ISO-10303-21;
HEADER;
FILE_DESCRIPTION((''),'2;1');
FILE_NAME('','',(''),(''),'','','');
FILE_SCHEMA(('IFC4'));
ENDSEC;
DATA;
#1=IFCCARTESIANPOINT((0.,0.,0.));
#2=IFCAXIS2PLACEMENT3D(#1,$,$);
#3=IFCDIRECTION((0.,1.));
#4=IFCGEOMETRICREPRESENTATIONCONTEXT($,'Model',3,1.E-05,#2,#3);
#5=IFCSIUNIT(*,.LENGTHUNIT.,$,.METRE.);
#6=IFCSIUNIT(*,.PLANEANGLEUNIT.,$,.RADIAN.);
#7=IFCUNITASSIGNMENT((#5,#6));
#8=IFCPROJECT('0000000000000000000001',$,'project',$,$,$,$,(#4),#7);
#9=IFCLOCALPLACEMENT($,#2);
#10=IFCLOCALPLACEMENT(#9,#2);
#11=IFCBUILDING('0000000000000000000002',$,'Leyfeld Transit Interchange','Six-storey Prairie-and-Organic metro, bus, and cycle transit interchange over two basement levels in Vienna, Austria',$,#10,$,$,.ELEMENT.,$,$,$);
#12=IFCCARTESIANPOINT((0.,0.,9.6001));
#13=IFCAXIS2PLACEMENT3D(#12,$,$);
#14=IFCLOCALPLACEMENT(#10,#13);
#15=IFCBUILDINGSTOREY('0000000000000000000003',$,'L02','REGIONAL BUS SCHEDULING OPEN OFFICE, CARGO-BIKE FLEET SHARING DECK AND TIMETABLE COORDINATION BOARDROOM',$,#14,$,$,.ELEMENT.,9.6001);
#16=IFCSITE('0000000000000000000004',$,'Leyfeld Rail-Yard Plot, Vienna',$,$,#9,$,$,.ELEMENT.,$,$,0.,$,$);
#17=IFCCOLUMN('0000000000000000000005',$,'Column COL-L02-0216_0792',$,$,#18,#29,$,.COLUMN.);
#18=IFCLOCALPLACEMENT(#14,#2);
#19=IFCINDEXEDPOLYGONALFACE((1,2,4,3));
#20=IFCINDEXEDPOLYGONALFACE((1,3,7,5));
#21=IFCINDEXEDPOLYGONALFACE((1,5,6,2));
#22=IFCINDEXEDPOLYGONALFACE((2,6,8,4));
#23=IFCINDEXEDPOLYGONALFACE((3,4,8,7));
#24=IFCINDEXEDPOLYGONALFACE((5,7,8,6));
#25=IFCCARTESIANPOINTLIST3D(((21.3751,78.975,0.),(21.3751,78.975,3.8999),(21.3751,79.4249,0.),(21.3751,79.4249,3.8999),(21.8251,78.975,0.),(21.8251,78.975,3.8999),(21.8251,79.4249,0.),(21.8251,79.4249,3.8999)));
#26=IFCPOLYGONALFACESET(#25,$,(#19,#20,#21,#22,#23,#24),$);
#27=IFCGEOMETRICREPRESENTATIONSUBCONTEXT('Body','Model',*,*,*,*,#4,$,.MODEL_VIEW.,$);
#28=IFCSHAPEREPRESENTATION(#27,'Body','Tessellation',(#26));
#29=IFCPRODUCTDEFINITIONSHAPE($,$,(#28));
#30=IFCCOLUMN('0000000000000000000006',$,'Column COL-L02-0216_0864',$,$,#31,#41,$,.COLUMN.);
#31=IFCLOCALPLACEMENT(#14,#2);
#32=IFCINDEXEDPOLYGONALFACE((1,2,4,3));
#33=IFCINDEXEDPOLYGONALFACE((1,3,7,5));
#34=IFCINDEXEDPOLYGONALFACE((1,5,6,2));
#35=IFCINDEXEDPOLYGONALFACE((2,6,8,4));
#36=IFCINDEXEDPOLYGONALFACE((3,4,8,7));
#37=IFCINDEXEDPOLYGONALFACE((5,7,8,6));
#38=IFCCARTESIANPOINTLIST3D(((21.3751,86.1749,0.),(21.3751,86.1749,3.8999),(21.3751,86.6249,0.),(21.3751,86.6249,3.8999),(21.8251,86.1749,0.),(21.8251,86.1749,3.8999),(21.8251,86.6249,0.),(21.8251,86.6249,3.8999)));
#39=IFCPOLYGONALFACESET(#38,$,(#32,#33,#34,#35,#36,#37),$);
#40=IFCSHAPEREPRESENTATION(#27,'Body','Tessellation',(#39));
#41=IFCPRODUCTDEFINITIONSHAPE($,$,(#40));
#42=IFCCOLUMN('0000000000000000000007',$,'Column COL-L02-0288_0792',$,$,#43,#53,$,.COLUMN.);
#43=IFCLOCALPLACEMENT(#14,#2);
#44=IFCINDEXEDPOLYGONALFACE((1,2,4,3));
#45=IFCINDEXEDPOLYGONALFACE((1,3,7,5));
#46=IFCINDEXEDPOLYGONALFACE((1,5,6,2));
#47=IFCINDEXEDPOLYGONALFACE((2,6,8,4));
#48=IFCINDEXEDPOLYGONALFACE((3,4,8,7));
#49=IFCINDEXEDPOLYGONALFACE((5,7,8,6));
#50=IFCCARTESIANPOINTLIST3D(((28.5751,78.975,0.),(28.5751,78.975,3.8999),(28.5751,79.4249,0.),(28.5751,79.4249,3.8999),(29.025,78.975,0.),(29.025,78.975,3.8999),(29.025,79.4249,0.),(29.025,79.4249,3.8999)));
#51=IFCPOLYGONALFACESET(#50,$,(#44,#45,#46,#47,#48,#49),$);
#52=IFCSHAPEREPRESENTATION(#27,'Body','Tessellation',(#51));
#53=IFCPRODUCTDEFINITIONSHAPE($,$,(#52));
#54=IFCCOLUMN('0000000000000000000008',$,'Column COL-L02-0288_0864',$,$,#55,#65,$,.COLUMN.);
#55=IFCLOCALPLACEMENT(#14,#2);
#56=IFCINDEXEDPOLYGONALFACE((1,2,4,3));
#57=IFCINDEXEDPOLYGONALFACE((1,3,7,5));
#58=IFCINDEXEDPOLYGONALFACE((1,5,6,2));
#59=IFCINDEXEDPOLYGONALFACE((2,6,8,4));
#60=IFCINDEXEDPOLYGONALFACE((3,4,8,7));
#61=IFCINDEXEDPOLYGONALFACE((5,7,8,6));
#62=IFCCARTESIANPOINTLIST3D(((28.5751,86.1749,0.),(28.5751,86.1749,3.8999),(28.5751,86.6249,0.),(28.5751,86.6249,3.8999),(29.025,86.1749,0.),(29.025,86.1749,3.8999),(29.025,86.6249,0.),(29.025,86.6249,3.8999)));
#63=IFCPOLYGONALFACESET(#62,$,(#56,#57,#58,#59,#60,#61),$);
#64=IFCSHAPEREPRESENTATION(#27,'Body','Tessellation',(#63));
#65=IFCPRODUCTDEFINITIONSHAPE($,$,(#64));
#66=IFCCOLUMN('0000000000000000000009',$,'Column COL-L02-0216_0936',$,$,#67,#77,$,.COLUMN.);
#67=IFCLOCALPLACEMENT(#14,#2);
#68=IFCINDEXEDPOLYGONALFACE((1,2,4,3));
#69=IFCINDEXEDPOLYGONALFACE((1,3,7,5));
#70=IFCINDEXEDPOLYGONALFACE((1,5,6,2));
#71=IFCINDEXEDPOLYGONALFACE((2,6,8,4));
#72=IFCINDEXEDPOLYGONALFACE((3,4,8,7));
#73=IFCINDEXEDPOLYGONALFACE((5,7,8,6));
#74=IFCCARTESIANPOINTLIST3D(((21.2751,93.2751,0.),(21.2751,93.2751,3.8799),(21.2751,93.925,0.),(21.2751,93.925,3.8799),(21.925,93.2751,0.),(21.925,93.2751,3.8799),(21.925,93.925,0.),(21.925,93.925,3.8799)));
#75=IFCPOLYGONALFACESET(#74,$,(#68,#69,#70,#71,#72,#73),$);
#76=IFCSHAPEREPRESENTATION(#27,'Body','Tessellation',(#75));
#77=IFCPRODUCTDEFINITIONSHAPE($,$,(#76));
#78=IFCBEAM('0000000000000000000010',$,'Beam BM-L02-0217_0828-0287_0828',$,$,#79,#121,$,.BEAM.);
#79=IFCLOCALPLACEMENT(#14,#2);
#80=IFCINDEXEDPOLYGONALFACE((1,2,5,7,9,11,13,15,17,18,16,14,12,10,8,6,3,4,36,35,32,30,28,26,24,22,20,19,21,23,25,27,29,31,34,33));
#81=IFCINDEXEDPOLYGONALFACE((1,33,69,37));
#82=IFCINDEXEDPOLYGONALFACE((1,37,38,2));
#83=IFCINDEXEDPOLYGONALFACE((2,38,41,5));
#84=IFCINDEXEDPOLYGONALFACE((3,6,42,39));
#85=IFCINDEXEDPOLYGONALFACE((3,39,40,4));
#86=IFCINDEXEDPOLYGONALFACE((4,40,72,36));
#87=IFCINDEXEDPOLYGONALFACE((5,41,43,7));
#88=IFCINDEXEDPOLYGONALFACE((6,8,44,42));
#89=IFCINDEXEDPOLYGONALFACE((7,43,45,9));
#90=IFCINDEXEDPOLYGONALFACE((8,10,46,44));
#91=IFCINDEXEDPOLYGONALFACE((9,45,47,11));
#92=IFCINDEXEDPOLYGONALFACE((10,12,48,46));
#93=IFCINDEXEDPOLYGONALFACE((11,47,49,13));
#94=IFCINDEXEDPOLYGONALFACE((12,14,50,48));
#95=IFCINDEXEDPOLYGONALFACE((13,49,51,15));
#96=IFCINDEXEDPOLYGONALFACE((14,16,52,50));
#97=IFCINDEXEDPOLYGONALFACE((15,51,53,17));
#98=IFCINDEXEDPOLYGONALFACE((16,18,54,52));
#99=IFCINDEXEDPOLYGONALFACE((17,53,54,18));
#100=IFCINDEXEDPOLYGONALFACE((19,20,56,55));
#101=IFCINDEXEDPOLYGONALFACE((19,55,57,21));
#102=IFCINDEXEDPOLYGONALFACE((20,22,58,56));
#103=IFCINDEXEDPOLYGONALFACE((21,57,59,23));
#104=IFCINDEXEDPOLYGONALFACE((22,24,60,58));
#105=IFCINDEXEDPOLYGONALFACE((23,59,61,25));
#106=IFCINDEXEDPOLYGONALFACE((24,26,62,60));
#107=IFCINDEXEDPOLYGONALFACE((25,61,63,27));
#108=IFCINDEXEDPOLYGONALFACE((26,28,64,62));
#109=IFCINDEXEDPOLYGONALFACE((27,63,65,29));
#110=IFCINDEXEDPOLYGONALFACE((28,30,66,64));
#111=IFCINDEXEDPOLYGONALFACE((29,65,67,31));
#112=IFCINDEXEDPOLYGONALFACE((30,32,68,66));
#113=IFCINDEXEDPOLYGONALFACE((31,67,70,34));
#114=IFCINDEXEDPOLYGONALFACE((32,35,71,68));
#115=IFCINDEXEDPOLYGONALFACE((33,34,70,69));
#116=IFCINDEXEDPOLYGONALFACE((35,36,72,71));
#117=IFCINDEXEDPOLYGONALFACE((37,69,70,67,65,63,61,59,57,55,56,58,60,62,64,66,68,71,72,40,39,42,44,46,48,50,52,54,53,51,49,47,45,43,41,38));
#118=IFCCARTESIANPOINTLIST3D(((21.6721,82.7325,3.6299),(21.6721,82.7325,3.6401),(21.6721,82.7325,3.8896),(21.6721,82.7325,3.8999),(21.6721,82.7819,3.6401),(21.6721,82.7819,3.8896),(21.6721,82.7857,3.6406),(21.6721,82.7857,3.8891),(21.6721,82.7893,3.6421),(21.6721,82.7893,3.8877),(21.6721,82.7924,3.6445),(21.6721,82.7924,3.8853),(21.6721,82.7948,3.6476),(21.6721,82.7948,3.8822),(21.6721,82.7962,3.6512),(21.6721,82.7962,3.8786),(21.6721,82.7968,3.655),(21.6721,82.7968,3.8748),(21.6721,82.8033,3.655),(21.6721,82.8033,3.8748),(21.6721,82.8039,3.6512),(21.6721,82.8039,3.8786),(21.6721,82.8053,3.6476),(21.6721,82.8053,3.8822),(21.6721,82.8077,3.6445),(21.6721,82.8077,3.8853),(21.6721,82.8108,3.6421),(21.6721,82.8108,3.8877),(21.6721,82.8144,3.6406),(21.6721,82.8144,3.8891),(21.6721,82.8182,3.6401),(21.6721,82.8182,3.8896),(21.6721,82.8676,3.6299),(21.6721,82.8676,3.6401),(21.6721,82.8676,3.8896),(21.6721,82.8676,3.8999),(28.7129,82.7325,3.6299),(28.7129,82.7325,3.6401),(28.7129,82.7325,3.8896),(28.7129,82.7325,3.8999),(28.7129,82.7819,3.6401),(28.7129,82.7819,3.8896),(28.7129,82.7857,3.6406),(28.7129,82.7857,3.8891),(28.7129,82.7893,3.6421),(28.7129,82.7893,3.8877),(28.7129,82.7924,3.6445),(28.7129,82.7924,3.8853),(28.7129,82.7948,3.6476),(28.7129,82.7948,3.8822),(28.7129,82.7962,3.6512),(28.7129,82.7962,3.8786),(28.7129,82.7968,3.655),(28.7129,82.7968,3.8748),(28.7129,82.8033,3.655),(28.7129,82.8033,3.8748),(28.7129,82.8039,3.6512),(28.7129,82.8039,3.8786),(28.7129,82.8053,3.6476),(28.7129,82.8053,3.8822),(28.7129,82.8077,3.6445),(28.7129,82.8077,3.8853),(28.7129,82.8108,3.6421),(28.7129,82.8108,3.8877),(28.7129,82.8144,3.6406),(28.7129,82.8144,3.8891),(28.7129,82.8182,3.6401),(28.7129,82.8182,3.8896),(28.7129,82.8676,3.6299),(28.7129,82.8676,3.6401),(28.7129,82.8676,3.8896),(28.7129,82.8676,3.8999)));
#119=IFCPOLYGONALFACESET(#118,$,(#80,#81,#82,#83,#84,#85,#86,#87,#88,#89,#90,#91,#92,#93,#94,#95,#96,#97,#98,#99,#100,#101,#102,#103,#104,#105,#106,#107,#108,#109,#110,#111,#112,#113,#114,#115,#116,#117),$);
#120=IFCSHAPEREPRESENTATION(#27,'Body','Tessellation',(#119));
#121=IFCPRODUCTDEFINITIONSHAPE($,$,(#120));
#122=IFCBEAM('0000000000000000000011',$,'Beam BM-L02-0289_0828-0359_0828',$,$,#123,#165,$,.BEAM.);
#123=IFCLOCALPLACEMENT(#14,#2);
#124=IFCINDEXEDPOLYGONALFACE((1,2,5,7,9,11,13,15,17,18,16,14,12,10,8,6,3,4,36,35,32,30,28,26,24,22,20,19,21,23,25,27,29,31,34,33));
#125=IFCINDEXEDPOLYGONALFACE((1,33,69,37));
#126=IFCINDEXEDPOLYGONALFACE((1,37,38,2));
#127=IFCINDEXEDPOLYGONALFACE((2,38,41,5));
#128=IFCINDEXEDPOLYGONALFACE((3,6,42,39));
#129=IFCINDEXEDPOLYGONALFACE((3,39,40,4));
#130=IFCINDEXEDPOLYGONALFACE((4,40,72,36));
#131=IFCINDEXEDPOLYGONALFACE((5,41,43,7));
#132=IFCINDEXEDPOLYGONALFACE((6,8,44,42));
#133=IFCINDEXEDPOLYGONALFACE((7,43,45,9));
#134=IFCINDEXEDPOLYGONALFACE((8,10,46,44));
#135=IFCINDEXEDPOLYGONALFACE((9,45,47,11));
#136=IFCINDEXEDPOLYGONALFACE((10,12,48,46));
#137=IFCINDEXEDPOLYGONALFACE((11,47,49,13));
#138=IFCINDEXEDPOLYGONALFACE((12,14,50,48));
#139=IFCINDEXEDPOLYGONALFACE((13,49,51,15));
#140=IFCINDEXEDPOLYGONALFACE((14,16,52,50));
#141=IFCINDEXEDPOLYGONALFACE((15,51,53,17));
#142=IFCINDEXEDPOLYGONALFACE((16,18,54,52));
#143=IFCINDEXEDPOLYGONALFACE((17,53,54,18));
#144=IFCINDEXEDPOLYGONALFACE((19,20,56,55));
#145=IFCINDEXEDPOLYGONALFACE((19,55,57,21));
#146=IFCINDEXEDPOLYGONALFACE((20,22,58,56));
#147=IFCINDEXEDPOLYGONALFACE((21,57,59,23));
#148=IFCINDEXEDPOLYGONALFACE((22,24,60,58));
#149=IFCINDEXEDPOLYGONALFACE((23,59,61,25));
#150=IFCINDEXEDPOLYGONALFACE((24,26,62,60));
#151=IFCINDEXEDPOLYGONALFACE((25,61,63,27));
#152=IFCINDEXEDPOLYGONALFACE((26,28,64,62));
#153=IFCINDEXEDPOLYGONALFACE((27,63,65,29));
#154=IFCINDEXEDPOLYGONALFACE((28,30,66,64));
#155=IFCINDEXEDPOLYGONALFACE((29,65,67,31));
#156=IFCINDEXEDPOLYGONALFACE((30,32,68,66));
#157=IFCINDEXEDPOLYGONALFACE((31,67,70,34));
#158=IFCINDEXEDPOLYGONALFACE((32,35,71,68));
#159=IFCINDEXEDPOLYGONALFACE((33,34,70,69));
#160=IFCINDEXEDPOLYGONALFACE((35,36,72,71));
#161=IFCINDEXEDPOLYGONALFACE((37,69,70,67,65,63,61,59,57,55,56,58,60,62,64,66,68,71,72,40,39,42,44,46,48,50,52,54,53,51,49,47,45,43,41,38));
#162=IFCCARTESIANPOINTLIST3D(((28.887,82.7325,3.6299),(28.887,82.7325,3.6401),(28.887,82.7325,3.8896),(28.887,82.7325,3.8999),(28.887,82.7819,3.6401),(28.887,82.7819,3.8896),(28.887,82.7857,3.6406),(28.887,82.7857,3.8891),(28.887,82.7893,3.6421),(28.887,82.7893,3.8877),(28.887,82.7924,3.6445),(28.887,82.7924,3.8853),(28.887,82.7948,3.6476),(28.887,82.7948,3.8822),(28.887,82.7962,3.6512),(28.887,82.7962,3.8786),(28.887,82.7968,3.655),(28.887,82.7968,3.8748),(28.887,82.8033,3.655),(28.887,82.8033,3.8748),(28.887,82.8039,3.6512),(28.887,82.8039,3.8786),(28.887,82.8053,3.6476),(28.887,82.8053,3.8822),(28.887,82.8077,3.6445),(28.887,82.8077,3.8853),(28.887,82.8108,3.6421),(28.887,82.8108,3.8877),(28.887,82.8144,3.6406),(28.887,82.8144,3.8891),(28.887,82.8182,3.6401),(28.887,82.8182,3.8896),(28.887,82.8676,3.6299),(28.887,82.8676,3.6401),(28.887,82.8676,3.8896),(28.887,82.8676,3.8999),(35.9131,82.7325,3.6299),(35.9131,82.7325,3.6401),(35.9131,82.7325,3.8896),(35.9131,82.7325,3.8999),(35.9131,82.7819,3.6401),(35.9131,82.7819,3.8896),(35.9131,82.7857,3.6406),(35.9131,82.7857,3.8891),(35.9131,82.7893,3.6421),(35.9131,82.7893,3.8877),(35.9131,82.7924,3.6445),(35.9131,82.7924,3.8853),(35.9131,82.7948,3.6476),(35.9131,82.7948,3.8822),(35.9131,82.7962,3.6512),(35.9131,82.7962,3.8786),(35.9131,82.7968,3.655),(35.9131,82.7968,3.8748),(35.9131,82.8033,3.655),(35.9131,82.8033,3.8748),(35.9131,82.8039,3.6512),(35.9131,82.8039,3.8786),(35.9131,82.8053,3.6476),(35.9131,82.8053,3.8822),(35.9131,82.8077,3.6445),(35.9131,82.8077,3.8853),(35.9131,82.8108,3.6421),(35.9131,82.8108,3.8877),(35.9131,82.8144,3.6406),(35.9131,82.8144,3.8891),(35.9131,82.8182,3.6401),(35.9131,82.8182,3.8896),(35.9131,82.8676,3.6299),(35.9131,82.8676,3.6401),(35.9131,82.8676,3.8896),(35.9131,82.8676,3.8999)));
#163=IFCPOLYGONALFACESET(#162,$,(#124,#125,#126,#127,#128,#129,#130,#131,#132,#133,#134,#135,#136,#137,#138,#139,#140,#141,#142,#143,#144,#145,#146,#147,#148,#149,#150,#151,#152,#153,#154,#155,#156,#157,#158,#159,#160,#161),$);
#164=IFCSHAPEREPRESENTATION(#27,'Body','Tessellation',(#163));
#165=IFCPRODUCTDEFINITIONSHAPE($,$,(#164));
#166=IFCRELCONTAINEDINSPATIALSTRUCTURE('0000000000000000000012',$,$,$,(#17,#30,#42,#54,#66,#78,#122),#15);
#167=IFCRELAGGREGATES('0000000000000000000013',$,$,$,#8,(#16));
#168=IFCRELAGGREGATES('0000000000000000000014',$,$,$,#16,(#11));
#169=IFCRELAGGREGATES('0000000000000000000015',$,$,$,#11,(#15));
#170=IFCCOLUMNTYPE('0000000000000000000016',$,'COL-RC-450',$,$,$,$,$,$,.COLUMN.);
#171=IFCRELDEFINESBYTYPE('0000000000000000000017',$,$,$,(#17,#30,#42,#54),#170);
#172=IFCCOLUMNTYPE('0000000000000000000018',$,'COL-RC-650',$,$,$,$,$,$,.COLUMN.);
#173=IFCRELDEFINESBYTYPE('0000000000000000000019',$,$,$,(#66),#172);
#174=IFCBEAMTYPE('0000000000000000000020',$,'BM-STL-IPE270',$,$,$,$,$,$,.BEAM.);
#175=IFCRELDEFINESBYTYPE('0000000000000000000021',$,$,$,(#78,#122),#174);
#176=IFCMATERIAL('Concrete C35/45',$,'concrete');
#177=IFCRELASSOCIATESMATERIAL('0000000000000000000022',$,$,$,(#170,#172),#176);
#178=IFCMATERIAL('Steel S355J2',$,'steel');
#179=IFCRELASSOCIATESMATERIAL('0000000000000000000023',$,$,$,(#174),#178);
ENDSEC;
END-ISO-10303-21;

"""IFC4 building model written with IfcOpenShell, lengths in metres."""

from ifc_helpers import new_model, si_unit, direction, frame, origin, origin_2d, place, context, subcontext, project, spatial, rectangle, i_section, extrude, material, material_profile, profile_set, type_object, element, save


model = new_model("IFC4")

# Units and contexts
model_context = context("Model", 3, precision=1e-05, world=origin(), true_north=direction((0.0, 1.0)))
body_context = subcontext(model_context, "Body", "Model", "MODEL_VIEW")
ifc_project = project(units=[si_unit("LENGTHUNIT", "METRE"), si_unit("PLANEANGLEUNIT", "RADIAN")], contexts=[model_context])

# Site, building, storey
site_placement = place(None, origin())
site = spatial("IfcSite", under=ifc_project, at=site_placement, Name="Leyfeld Rail-Yard Plot, Vienna", CompositionType="ELEMENT", RefElevation=0.0)
building_placement = place(site_placement, origin())
building = spatial("IfcBuilding", under=site, at=building_placement, Name="Leyfeld Transit Interchange", Description="Six-storey Prairie-and-Organic metro, bus, and cycle transit interchange over two basement levels in Vienna, Austria", CompositionType="ELEMENT")
storey_placement = place(building_placement, frame((0.0, 0.0, 9.6001)))
storey = spatial("IfcBuildingStorey", under=building, at=storey_placement, Name="L02", Description="REGIONAL BUS SCHEDULING OPEN OFFICE, CARGO-BIKE FLEET SHARING DECK AND TIMETABLE COORDINATION BOARDROOM", CompositionType="ELEMENT", Elevation=9.6001)

# Columns
ifc_material_1 = material(Name="Concrete C35/45", Category="concrete")
ifc_material_profile_1 = material_profile(ifc_material_1, rectangle(XDim=0.45, YDim=0.45, at=origin_2d()), Name="RC 450x450")
ifc_profile_set_1 = profile_set([ifc_material_profile_1], Name="Concrete C35/45")
column_type_1 = type_object("IfcColumnType", Name="COL-RC-450", PredefinedType="COLUMN", material=ifc_profile_set_1)
for number, where, z_axis, x_axis, name in (
    (1, (21.6001, 79.2, 0.0), (0.0, 0.0, 1.0), (1.0, 0.0, 0.0), "Column COL-L02-0216_0792"),
    (2, (21.6001, 86.3999, 0.0), (0.0, 0.0, 1.0), (1.0, 0.0, 0.0), "Column COL-L02-0216_0864"),
    (3, (28.8, 79.2, 0.0), (0.0, 0.0, 1.0), (1.0, 0.0, 0.0), "Column COL-L02-0288_0792"),
    (4, (28.8, 86.3999, 0.0), (0.0, 0.0, 1.0), (1.0, 0.0, 0.0), "Column COL-L02-0288_0864"),
):
    element("IfcColumn", number, at=place(storey_placement, frame(where, z_axis=z_axis, x_axis=x_axis)), inside=storey, type_object=column_type_1, Name=name, PredefinedType="COLUMN", context=body_context, shape_type="SweptSolid", body=[
        extrude(rectangle(XDim=0.45, YDim=0.45, at=origin_2d()), origin(), (0.0, 0.0, 1.0), 3.8999),
    ])
ifc_material_profile_2 = material_profile(ifc_material_1, rectangle(XDim=0.6499, YDim=0.6499, at=origin_2d()), Name="RC 650x650")
ifc_profile_set_2 = profile_set([ifc_material_profile_2], Name="Concrete C35/45")
column_type_2 = type_object("IfcColumnType", Name="COL-RC-650", PredefinedType="COLUMN", material=ifc_profile_set_2)
column_placement = place(storey_placement, frame((21.6001, 93.6001, 0.0), z_axis=(0.0, 0.0, 1.0), x_axis=(1.0, 0.0, 0.0)))
element("IfcColumn", 5, at=column_placement, inside=storey, type_object=column_type_2, Name="Column COL-L02-0216_0936", PredefinedType="COLUMN", context=body_context, shape_type="SweptSolid", body=[
    extrude(rectangle(XDim=0.6499, YDim=0.6499, at=origin_2d()), origin(), (0.0, 0.0, 1.0), 3.8799),
])

# Beams
ifc_material_2 = material(Name="Steel S355J2", Category="steel")
ifc_material_profile_3 = material_profile(ifc_material_2, i_section(OverallWidth=0.135, OverallDepth=0.27, WebThickness=0.0066, FlangeThickness=0.0103, FilletRadius=0.0149, at=origin_2d()), Name="IPE 270")
ifc_profile_set_3 = profile_set([ifc_material_profile_3], Name="Steel S355J2")
beam_type_1 = type_object("IfcBeamType", Name="BM-STL-IPE270", PredefinedType="BEAM", material=ifc_profile_set_3)
beam_1_placement = place(storey_placement, frame((21.6721, 82.8, 3.7649), z_axis=(1.0, 0.0, 0.0), x_axis=(0.0, 1.0, 0.0)))
element("IfcBeam", 6, at=beam_1_placement, inside=storey, type_object=beam_type_1, Name="Beam BM-L02-0217_0828-0287_0828", PredefinedType="BEAM", context=body_context, shape_type="SweptSolid", body=[
    extrude(i_section(OverallWidth=0.135, OverallDepth=0.27, WebThickness=0.0066, FlangeThickness=0.0103, FilletRadius=0.0149, at=origin_2d()), origin(), (0.0, 0.0, 1.0), 7.0408),
])
beam_2_placement = place(storey_placement, frame((28.887, 82.8, 3.7649), z_axis=(1.0, 0.0, 0.0), x_axis=(0.0, 1.0, 0.0)))
element("IfcBeam", 7, at=beam_2_placement, inside=storey, type_object=beam_type_1, Name="Beam BM-L02-0289_0828-0359_0828", PredefinedType="BEAM", context=body_context, shape_type="SweptSolid", body=[
    extrude(i_section(OverallWidth=0.135, OverallDepth=0.27, WebThickness=0.0066, FlangeThickness=0.0103, FilletRadius=0.0149, at=origin_2d()), origin(), (0.0, 0.0, 1.0), 7.0261),
])

save(model, "model.ifc")
